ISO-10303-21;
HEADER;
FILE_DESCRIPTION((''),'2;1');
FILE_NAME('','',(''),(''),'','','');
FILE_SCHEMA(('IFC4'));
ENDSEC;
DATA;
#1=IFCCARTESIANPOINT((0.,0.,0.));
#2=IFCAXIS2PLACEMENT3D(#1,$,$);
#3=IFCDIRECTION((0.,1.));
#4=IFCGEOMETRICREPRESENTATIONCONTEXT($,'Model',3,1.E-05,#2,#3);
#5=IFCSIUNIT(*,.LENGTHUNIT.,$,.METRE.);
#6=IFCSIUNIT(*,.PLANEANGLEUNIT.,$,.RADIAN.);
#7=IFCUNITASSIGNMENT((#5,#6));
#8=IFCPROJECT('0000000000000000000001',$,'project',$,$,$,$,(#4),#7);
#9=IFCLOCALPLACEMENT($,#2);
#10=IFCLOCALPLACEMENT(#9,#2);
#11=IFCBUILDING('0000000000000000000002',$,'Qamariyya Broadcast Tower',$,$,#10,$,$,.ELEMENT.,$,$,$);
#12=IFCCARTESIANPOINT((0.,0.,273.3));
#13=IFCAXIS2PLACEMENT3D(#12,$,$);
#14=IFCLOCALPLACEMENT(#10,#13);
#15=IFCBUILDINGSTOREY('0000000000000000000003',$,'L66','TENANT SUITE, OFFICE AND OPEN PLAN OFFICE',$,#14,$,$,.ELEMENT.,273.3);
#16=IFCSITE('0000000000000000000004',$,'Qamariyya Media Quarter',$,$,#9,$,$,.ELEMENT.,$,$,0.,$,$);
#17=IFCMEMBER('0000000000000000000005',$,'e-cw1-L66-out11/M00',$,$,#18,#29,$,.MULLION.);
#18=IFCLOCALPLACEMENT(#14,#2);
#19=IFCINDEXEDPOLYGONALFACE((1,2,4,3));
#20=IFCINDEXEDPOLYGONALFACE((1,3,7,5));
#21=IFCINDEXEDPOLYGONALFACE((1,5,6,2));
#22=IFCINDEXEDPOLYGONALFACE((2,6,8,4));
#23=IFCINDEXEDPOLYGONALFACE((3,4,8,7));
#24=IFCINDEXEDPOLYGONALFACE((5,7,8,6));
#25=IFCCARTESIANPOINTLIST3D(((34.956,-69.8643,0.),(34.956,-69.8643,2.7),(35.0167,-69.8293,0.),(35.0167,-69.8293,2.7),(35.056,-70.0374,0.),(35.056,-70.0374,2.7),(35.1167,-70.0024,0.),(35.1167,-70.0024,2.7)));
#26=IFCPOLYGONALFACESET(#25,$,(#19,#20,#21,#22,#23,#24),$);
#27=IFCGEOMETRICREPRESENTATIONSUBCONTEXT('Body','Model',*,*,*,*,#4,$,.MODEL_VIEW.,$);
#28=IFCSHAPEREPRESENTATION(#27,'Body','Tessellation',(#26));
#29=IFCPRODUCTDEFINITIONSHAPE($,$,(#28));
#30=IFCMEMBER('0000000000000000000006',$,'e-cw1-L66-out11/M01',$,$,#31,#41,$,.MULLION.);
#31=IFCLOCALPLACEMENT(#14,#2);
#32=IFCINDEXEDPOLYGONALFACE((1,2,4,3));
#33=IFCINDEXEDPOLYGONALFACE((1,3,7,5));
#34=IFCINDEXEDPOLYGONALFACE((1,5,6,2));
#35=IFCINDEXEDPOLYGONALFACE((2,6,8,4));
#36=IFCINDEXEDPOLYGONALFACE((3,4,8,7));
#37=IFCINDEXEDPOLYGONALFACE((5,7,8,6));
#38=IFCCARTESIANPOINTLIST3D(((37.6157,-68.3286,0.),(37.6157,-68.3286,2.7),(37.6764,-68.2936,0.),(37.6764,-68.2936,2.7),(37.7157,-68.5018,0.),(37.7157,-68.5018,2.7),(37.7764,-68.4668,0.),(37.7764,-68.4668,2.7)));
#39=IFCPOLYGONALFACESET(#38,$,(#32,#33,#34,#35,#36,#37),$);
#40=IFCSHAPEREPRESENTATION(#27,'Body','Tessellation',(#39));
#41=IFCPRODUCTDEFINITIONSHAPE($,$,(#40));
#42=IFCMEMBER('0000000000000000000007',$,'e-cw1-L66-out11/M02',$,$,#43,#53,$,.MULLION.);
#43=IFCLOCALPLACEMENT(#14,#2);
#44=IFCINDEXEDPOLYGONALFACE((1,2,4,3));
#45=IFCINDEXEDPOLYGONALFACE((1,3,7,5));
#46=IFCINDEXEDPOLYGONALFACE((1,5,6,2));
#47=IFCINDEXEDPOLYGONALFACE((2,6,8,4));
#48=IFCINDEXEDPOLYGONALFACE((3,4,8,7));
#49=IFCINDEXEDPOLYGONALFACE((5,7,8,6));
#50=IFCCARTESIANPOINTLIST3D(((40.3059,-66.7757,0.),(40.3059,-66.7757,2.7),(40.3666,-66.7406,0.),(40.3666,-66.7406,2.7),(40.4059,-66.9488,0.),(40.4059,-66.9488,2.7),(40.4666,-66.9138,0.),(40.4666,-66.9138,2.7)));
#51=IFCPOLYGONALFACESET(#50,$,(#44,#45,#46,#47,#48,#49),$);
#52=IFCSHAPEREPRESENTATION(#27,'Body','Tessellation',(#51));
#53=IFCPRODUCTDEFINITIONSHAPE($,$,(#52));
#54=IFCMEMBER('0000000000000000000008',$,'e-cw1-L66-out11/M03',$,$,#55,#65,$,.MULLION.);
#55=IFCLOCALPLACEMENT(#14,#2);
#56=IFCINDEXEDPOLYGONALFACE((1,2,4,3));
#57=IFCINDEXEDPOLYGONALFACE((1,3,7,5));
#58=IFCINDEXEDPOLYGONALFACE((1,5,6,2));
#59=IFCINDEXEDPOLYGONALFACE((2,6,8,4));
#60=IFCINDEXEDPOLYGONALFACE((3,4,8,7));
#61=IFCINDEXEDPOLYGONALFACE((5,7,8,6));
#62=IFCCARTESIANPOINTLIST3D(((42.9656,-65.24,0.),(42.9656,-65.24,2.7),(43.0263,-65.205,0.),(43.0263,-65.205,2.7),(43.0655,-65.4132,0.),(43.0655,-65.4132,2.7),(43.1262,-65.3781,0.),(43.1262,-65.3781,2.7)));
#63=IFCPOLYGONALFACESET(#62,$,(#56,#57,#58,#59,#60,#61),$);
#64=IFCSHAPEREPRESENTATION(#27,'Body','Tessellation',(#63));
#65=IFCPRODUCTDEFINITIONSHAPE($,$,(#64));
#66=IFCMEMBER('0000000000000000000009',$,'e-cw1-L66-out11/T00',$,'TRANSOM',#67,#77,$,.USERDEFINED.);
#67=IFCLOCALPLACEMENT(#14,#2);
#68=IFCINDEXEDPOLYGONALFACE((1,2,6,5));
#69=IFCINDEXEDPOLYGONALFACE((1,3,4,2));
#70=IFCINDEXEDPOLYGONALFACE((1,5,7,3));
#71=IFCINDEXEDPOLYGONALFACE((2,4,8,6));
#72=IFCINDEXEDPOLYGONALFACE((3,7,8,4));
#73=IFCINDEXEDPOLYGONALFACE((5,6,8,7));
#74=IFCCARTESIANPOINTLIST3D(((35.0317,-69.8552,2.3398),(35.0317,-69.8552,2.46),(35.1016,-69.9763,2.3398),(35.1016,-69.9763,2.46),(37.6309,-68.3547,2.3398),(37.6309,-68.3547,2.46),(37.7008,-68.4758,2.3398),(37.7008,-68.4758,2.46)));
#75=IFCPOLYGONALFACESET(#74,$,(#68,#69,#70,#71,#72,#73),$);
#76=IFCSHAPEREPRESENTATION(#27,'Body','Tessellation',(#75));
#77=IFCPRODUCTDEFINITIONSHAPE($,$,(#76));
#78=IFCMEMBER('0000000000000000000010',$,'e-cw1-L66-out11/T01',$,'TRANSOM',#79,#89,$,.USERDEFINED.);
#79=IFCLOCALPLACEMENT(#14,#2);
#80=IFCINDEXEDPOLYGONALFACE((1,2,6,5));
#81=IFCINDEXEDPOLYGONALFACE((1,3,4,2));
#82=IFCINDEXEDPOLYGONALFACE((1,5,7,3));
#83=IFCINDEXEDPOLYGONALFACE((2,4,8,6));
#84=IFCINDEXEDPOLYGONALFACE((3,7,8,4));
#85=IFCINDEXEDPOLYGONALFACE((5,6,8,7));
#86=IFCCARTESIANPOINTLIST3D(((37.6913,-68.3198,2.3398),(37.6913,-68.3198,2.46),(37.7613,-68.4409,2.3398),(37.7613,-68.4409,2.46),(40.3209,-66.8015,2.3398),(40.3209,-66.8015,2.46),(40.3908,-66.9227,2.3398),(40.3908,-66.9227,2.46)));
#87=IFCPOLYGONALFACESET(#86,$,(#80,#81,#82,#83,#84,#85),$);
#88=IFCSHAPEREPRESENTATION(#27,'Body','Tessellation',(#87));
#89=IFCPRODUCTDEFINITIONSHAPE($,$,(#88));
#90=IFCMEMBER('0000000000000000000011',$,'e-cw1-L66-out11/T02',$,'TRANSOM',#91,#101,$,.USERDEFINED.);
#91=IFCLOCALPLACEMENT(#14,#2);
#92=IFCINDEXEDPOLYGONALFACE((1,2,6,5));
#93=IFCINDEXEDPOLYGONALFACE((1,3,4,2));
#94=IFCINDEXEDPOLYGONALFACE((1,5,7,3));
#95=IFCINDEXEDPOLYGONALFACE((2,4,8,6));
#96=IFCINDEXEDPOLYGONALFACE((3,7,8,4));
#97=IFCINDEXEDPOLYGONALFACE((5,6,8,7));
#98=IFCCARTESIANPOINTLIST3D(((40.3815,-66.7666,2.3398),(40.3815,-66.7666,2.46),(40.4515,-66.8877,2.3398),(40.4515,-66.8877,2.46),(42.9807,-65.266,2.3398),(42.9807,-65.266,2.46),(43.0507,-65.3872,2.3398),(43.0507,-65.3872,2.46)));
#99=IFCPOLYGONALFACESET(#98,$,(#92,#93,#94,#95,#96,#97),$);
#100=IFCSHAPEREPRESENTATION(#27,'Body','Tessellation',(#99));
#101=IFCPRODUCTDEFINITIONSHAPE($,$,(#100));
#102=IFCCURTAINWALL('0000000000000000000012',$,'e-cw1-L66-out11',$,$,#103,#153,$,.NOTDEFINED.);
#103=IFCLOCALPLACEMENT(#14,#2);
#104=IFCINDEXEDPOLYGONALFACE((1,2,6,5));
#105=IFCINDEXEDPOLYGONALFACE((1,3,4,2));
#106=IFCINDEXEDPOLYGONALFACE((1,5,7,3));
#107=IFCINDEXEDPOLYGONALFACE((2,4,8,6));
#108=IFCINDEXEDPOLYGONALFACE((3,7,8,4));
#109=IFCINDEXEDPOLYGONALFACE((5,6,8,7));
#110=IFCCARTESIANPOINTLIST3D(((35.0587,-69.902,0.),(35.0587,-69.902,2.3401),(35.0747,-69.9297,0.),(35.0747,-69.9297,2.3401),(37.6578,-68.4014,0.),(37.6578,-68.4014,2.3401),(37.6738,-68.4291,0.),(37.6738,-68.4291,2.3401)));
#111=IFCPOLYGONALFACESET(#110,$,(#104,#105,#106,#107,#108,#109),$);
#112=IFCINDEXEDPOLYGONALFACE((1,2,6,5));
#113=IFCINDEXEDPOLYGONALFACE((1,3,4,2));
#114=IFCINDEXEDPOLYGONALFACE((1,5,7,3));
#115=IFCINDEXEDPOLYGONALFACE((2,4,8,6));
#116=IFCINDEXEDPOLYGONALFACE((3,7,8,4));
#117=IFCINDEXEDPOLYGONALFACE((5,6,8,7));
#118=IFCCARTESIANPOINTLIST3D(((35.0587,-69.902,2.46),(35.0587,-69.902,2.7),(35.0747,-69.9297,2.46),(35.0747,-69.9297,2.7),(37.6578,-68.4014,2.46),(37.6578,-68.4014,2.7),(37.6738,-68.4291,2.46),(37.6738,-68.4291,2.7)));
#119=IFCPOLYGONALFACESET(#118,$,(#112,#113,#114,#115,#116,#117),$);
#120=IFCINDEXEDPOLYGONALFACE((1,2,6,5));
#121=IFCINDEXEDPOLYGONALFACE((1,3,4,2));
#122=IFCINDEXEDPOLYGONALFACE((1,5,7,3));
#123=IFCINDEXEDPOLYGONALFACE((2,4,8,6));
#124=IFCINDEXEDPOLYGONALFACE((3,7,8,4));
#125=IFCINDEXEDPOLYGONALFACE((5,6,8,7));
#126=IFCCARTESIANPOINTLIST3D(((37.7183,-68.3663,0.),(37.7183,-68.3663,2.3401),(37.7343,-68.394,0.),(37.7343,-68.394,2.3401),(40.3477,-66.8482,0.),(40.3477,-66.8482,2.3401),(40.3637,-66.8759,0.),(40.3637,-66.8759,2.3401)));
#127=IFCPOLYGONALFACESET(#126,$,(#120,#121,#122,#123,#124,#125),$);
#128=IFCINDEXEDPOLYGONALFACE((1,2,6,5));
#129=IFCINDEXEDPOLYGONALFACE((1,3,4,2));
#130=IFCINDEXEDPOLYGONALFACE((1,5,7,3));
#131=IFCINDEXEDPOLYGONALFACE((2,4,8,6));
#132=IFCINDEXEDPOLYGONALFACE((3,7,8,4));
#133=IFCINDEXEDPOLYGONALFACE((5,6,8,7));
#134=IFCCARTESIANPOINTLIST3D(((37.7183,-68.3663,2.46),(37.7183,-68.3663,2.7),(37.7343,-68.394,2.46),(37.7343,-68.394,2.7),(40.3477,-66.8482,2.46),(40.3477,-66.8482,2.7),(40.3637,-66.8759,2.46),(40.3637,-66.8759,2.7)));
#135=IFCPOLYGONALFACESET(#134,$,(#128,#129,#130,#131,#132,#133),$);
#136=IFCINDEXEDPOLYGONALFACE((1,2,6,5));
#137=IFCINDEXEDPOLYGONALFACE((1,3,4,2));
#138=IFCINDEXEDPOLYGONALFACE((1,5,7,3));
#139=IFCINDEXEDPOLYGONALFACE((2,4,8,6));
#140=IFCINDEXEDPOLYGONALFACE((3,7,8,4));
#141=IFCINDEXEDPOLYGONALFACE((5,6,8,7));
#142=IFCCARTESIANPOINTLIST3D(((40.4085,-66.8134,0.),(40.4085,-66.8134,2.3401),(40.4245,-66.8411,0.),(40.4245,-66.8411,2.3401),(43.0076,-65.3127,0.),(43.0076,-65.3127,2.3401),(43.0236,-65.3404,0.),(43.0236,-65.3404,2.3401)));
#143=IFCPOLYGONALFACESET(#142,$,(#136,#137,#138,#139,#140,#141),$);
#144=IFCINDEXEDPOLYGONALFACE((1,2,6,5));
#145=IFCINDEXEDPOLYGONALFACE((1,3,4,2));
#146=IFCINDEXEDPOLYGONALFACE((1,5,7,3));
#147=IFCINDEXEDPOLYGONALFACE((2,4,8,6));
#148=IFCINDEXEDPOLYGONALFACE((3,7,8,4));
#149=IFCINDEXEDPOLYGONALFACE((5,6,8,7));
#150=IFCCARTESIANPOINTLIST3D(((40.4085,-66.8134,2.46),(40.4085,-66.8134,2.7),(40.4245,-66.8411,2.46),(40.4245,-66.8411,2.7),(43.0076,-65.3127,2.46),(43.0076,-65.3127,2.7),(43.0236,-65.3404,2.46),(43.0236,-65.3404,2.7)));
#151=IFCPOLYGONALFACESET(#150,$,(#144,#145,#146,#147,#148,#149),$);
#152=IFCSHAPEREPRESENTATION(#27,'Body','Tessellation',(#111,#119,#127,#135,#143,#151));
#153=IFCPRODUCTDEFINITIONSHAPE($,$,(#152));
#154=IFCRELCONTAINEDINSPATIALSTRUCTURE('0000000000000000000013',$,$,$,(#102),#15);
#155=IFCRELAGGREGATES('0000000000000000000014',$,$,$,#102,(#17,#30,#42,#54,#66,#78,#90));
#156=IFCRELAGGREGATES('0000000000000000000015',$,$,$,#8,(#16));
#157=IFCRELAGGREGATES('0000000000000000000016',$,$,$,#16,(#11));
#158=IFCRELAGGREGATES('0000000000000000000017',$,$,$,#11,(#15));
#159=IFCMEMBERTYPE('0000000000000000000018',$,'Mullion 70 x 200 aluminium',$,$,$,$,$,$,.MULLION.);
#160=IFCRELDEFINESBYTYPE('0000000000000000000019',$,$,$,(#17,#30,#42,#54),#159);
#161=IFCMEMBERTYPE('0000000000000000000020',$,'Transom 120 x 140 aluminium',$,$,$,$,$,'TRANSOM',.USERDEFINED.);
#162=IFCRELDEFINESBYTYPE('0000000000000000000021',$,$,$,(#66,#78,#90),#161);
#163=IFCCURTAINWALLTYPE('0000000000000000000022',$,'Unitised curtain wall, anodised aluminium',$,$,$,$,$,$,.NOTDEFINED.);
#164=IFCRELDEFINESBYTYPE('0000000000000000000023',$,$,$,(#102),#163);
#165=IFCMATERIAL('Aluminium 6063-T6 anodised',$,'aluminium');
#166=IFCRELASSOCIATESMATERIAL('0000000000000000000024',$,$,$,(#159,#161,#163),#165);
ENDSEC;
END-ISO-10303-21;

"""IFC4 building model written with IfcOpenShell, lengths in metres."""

from ifc_helpers import new_model, si_unit, direction, frame, origin, origin_2d, place, context, subcontext, project, spatial, rectangle, extrude, material, material_profile, profile_set, type_object, element, aggregate, save


model = new_model("IFC4")

# Units and contexts
model_context = context("Model", 3, precision=1e-05, world=origin(), true_north=direction((0.0, 1.0)))
body_context = subcontext(model_context, "Body", "Model", "MODEL_VIEW")
ifc_project = project(units=[si_unit("LENGTHUNIT", "METRE"), si_unit("PLANEANGLEUNIT", "RADIAN")], contexts=[model_context])

# Members
ifc_material_1 = material(Name="Aluminium 6063-T6 anodised", Category="aluminium")
ifc_material_profile_1 = material_profile(ifc_material_1, rectangle(XDim=0.2, YDim=0.0701, at=origin_2d()))
ifc_profile_set_1 = profile_set([ifc_material_profile_1], Name="Aluminium 6063-T6 anodised")
member_type_1 = type_object("IfcMemberType", Name="Mullion 70 x 200 aluminium", PredefinedType="MULLION", material=ifc_profile_set_1)
site_placement = place(None, origin())
building_placement = place(site_placement, origin())
storey_placement = place(building_placement, frame((0.0, 0.0, 273.3)))
member_1_placement = place(storey_placement, frame((35.0364, -69.9333, 0.0), z_axis=(0.0, 0.0, 1.0), x_axis=(-0.5, 0.866025, 0.0)))
member_1 = element("IfcMember", 1, at=member_1_placement, type_object=member_type_1, Name="e-cw1-L66-out11/M00", PredefinedType="MULLION", context=body_context, shape_type="SweptSolid", body=[
    extrude(rectangle(XDim=0.2, YDim=0.0701, at=origin_2d()), origin(), (0.0, 0.0, 1.0), 2.7),
])
member_2_placement = place(storey_placement, frame((37.696, -68.3977, 0.0), z_axis=(0.0, 0.0, 1.0), x_axis=(-0.5, 0.866025, 0.0)))
member_2 = element("IfcMember", 2, at=member_2_placement, type_object=member_type_1, Name="e-cw1-L66-out11/M01", PredefinedType="MULLION", context=body_context, shape_type="SweptSolid", body=[
    extrude(rectangle(XDim=0.2, YDim=0.0701, at=origin_2d()), origin(), (0.0, 0.0, 1.0), 2.7),
])
member_3_placement = place(storey_placement, frame((40.3862, -66.8447, 0.0), z_axis=(0.0, 0.0, 1.0), x_axis=(-0.5, 0.866025, 0.0)))
member_3 = element("IfcMember", 3, at=member_3_placement, type_object=member_type_1, Name="e-cw1-L66-out11/M02", PredefinedType="MULLION", context=body_context, shape_type="SweptSolid", body=[
    extrude(rectangle(XDim=0.2, YDim=0.0701, at=origin_2d()), origin(), (0.0, 0.0, 1.0), 2.7),
])
member_4_placement = place(storey_placement, frame((43.0459, -65.3091, 0.0), z_axis=(0.0, 0.0, 1.0), x_axis=(-0.5, 0.866025, 0.0)))
member_4 = element("IfcMember", 4, at=member_4_placement, type_object=member_type_1, Name="e-cw1-L66-out11/M03", PredefinedType="MULLION", context=body_context, shape_type="SweptSolid", body=[
    extrude(rectangle(XDim=0.2, YDim=0.0701, at=origin_2d()), origin(), (0.0, 0.0, 1.0), 2.7),
])
ifc_material_profile_2 = material_profile(ifc_material_1, rectangle(XDim=0.1399, YDim=0.1201, at=origin_2d()))
ifc_profile_set_2 = profile_set([ifc_material_profile_2], Name="Aluminium 6063-T6 anodised")
member_type_2 = type_object("IfcMemberType", Name="Transom 120 x 140 aluminium", ElementType="TRANSOM", PredefinedType="USERDEFINED", material=ifc_profile_set_2)
member_5_placement = place(storey_placement, frame((35.0667, -69.9158, 2.3999), z_axis=(0.866042, 0.499971, 0.0), x_axis=(-0.499971, 0.866042, 0.0)))
member_5 = element("IfcMember", 5, at=member_5_placement, type_object=member_type_2, Name="e-cw1-L66-out11/T00", ObjectType="TRANSOM", PredefinedType="USERDEFINED", context=body_context, shape_type="SweptSolid", body=[
    extrude(rectangle(XDim=0.1399, YDim=0.1201, at=origin_2d()), origin(), (0.0, 0.0, 1.0), 3.0012),
])
member_6_placement = place(storey_placement, frame((37.7263, -68.3804, 2.3999), z_axis=(0.866013, 0.500022, 0.0), x_axis=(-0.500022, 0.866013, 0.0)))
member_6 = element("IfcMember", 6, at=member_6_placement, type_object=member_type_2, Name="e-cw1-L66-out11/T01", ObjectType="TRANSOM", PredefinedType="USERDEFINED", context=body_context, shape_type="SweptSolid", body=[
    extrude(rectangle(XDim=0.1399, YDim=0.1201, at=origin_2d()), origin(), (0.0, 0.0, 1.0), 3.0364),
])
member_7_placement = place(storey_placement, frame((40.4165, -66.8271, 2.3999), z_axis=(0.866042, 0.499971, 0.0), x_axis=(-0.499971, 0.866042, 0.0)))
member_7 = element("IfcMember", 7, at=member_7_placement, type_object=member_type_2, Name="e-cw1-L66-out11/T02", ObjectType="TRANSOM", PredefinedType="USERDEFINED", context=body_context, shape_type="SweptSolid", body=[
    extrude(rectangle(XDim=0.1399, YDim=0.1201, at=origin_2d()), origin(), (0.0, 0.0, 1.0), 3.0012),
])

# Site, building, storey
site = spatial("IfcSite", under=ifc_project, at=site_placement, Name="Qamariyya Media Quarter", CompositionType="ELEMENT", RefElevation=0.0)
building = spatial("IfcBuilding", under=site, at=building_placement, Name="Qamariyya Broadcast Tower", CompositionType="ELEMENT")
storey = spatial("IfcBuildingStorey", under=building, at=storey_placement, Name="L66", Description="TENANT SUITE, OFFICE AND OPEN PLAN OFFICE", CompositionType="ELEMENT", Elevation=273.3)

# Curtain wall
curtain_wall_type = type_object("IfcCurtainWallType", Name="Unitised curtain wall, anodised aluminium", PredefinedType="NOTDEFINED", material=ifc_material_1)
curtain_wall_1_placement = place(storey_placement, origin())
curtain_wall_1 = element("IfcCurtainWall", 8, at=curtain_wall_1_placement, inside=storey, type_object=curtain_wall_type, Name="e-cw1-L66-out11", PredefinedType="NOTDEFINED", context=body_context, shape_type="SweptSolid", body=[
    extrude(rectangle(XDim=3.0012, YDim=0.032, at=origin_2d()), frame((36.3662, -69.1655, 0.0), x_axis=(0.866018, 0.500013, 0.0)), (0.0, 0.0, 1.0), 2.3401),
    extrude(rectangle(XDim=3.0012, YDim=0.032, at=origin_2d()), frame((36.3662, -69.1655, 2.46), x_axis=(0.866018, 0.500013, 0.0)), (0.0, 0.0, 1.0), 0.24),
    extrude(rectangle(XDim=3.0361, YDim=0.032, at=origin_2d()), frame((39.041, -67.6211, 0.0), x_axis=(0.866018, 0.500013, 0.0)), (0.0, 0.0, 1.0), 2.3401),
    extrude(rectangle(XDim=3.0361, YDim=0.032, at=origin_2d()), frame((39.041, -67.6211, 2.46), x_axis=(0.866018, 0.500013, 0.0)), (0.0, 0.0, 1.0), 0.24),
    extrude(rectangle(XDim=3.0012, YDim=0.032, at=origin_2d()), frame((41.7161, -66.0769, 0.0), x_axis=(0.866018, 0.500013, 0.0)), (0.0, 0.0, 1.0), 2.3401),
    extrude(rectangle(XDim=3.0012, YDim=0.032, at=origin_2d()), frame((41.7161, -66.0769, 2.46), x_axis=(0.866018, 0.500013, 0.0)), (0.0, 0.0, 1.0), 0.24),
])
aggregate(curtain_wall_1, [member_1, member_2, member_3, member_4, member_5, member_6, member_7])

save(model, "model.ifc")
